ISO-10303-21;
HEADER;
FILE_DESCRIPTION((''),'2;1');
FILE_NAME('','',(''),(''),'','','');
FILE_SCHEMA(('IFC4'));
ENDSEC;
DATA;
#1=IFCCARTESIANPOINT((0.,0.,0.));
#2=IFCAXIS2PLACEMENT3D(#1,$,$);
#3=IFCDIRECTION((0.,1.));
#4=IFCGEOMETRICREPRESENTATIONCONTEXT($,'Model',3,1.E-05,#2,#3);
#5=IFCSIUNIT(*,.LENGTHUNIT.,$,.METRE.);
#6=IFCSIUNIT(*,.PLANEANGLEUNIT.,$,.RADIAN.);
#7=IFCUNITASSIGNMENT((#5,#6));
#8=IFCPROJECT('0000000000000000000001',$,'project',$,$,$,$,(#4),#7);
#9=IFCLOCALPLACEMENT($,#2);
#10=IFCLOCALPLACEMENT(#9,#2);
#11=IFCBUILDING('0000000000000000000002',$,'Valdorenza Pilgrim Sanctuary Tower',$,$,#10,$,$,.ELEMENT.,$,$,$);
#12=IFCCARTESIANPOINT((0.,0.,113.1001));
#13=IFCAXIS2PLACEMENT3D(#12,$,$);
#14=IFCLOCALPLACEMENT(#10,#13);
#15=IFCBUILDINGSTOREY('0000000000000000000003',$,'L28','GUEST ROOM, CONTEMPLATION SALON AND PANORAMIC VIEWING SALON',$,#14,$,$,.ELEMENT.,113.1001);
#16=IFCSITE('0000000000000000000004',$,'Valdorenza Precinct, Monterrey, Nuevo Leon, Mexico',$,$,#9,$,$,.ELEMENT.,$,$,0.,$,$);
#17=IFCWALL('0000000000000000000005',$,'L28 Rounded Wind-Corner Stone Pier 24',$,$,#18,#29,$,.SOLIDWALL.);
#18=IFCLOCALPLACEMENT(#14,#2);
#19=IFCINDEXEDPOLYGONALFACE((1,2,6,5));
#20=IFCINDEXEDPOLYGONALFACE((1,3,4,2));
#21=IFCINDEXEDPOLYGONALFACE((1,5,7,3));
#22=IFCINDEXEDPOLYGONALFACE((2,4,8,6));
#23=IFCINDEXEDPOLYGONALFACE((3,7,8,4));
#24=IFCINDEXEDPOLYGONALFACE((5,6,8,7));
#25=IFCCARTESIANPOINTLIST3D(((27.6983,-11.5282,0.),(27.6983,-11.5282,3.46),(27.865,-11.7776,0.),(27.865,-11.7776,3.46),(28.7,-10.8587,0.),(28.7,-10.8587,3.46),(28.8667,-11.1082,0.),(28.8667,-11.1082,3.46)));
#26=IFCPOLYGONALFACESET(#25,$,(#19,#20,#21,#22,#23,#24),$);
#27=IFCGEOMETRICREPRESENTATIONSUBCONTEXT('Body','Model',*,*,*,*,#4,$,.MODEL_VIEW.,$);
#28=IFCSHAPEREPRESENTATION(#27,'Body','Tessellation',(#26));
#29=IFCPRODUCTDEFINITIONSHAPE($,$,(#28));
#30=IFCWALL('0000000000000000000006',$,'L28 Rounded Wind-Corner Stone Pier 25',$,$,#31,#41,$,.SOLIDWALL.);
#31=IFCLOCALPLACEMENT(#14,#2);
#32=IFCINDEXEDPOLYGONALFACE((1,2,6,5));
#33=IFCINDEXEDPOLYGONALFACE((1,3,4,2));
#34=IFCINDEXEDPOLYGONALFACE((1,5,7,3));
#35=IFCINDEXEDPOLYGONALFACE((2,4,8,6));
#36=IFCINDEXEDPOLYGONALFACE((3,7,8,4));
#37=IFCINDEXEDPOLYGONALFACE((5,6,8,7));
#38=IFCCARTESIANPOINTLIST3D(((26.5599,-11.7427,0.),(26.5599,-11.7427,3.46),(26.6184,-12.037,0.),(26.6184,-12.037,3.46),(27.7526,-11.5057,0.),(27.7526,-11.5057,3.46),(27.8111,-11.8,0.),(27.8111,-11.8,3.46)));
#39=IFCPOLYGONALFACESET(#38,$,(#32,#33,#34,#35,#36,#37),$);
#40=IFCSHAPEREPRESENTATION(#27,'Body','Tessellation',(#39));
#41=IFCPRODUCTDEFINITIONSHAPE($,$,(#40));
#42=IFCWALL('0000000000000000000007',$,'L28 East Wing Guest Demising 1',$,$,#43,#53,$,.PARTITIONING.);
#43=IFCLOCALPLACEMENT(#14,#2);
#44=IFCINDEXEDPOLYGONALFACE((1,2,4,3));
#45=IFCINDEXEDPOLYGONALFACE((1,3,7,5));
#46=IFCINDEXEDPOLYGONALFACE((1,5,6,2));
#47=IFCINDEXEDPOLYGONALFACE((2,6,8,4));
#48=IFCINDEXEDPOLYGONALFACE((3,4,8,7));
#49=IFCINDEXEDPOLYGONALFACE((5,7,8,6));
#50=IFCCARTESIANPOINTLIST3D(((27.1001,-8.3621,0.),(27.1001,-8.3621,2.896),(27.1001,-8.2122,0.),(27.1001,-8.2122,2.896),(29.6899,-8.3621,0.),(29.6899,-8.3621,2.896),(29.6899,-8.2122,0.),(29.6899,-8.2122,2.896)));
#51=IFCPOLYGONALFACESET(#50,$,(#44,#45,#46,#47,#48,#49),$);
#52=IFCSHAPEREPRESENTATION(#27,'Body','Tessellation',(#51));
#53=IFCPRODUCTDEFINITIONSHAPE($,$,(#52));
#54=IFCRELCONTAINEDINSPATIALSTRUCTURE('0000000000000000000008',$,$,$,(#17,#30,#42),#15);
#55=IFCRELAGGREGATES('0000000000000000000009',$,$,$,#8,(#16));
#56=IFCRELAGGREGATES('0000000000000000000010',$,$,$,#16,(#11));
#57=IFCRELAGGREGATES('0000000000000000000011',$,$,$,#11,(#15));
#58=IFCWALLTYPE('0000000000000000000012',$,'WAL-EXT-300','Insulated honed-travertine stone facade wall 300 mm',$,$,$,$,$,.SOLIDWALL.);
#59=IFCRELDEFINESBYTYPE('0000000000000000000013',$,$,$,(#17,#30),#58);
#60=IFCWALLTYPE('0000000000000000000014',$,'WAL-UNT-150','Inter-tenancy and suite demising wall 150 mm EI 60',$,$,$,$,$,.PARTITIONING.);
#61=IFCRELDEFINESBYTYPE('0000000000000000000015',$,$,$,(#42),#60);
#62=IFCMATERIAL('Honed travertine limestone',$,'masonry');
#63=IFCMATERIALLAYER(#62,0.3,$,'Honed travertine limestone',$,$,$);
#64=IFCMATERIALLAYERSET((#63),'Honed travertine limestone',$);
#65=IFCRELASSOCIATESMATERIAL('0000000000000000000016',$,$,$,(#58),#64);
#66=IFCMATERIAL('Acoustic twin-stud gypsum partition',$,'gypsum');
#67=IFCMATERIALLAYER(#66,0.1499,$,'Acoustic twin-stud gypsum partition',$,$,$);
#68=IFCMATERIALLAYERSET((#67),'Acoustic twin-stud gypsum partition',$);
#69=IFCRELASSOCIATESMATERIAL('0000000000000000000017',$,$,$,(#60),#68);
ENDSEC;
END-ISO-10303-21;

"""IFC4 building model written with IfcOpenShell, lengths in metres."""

from ifc_helpers import new_model, si_unit, direction, frame, frame_2d, origin, place, context, subcontext, project, spatial, rectangle, extrude, material, layer, layer_set, type_object, element, save


model = new_model("IFC4")

# Units and contexts
model_context = context("Model", 3, precision=1e-05, world=origin(), true_north=direction((0.0, 1.0)))
body_context = subcontext(model_context, "Body", "Model", "MODEL_VIEW")
ifc_project = project(units=[si_unit("LENGTHUNIT", "METRE"), si_unit("PLANEANGLEUNIT", "RADIAN")], contexts=[model_context])

# Site, building, storey
site_placement = place(None, origin())
site = spatial("IfcSite", under=ifc_project, at=site_placement, Name="Valdorenza Precinct, Monterrey, Nuevo Leon, Mexico", CompositionType="ELEMENT", RefElevation=0.0)
building_placement = place(site_placement, origin())
building = spatial("IfcBuilding", under=site, at=building_placement, Name="Valdorenza Pilgrim Sanctuary Tower", CompositionType="ELEMENT")
storey_placement = place(building_placement, frame((0.0, 0.0, 113.1001)))
storey = spatial("IfcBuildingStorey", under=building, at=storey_placement, Name="L28", Description="GUEST ROOM, CONTEMPLATION SALON AND PANORAMIC VIEWING SALON", CompositionType="ELEMENT", Elevation=113.1001)

# Shared definitions
ifc_material_1 = material(Name="Acoustic twin-stud gypsum partition", Category="gypsum")

# Walls
ifc_material_2 = material(Name="Honed travertine limestone", Category="masonry")
ifc_layer_1 = layer(ifc_material_2, 0.3, Name="Honed travertine limestone")
ifc_layer_set_1 = layer_set([ifc_layer_1], Name="Honed travertine limestone")
wall_type_1 = type_object("IfcWallType", Name="WAL-EXT-300", Description="Insulated honed-travertine stone facade wall 300 mm", PredefinedType="SOLIDWALL", material=ifc_layer_set_1)
for number, where, z_axis, x_axis, name in (
    (1, (28.7834, -10.9834, 0.0), (0.0, 0.0, 1.0), (-0.831426, -0.555635, 0.0), "L28 Rounded Wind-Corner Stone Pier 24"),
):
    element("IfcWall", number, at=place(storey_placement, frame(where, z_axis=z_axis, x_axis=x_axis)), inside=storey, type_object=wall_type_1, Name=name, PredefinedType="SOLIDWALL", context=body_context, shape_type="SweptSolid", body=[
        extrude(rectangle(XDim=1.2048, YDim=0.3, at=frame_2d((0.6025, 0.0))), origin(), (0.0, 0.0, 1.0), 3.46),
    ])
wall_1_placement = place(storey_placement, frame((27.7817, -11.6528, 0.0), z_axis=(0.0, 0.0, 1.0), x_axis=(-0.980812, -0.194958, 0.0)))
element("IfcWall", 2, at=wall_1_placement, inside=storey, type_object=wall_type_1, Name="L28 Rounded Wind-Corner Stone Pier 25", PredefinedType="SOLIDWALL", context=body_context, shape_type="SweptSolid", body=[
    extrude(rectangle(XDim=1.2161, YDim=0.3, at=frame_2d((0.6079, 0.0))), origin(), (0.0, 0.0, 1.0), 3.46),
])
ifc_layer_2 = layer(ifc_material_1, 0.1499, Name="Acoustic twin-stud gypsum partition")
ifc_layer_set_2 = layer_set([ifc_layer_2], Name="Acoustic twin-stud gypsum partition")
wall_type_2 = type_object("IfcWallType", Name="WAL-UNT-150", Description="Inter-tenancy and suite demising wall 150 mm EI 60", PredefinedType="PARTITIONING", material=ifc_layer_set_2)
wall_2_placement = place(storey_placement, frame((27.1001, -8.2871, 0.0), z_axis=(0.0, 0.0, 1.0), x_axis=(1.0, 0.0, 0.0)))
element("IfcWall", 3, at=wall_2_placement, inside=storey, type_object=wall_type_2, Name="L28 East Wing Guest Demising 1", PredefinedType="PARTITIONING", context=body_context, shape_type="SweptSolid", body=[
    extrude(rectangle(XDim=2.5898, YDim=0.1499, at=frame_2d((1.2949, 0.0))), origin(), (0.0, 0.0, 1.0), 2.896),
])

save(model, "model.ifc")
